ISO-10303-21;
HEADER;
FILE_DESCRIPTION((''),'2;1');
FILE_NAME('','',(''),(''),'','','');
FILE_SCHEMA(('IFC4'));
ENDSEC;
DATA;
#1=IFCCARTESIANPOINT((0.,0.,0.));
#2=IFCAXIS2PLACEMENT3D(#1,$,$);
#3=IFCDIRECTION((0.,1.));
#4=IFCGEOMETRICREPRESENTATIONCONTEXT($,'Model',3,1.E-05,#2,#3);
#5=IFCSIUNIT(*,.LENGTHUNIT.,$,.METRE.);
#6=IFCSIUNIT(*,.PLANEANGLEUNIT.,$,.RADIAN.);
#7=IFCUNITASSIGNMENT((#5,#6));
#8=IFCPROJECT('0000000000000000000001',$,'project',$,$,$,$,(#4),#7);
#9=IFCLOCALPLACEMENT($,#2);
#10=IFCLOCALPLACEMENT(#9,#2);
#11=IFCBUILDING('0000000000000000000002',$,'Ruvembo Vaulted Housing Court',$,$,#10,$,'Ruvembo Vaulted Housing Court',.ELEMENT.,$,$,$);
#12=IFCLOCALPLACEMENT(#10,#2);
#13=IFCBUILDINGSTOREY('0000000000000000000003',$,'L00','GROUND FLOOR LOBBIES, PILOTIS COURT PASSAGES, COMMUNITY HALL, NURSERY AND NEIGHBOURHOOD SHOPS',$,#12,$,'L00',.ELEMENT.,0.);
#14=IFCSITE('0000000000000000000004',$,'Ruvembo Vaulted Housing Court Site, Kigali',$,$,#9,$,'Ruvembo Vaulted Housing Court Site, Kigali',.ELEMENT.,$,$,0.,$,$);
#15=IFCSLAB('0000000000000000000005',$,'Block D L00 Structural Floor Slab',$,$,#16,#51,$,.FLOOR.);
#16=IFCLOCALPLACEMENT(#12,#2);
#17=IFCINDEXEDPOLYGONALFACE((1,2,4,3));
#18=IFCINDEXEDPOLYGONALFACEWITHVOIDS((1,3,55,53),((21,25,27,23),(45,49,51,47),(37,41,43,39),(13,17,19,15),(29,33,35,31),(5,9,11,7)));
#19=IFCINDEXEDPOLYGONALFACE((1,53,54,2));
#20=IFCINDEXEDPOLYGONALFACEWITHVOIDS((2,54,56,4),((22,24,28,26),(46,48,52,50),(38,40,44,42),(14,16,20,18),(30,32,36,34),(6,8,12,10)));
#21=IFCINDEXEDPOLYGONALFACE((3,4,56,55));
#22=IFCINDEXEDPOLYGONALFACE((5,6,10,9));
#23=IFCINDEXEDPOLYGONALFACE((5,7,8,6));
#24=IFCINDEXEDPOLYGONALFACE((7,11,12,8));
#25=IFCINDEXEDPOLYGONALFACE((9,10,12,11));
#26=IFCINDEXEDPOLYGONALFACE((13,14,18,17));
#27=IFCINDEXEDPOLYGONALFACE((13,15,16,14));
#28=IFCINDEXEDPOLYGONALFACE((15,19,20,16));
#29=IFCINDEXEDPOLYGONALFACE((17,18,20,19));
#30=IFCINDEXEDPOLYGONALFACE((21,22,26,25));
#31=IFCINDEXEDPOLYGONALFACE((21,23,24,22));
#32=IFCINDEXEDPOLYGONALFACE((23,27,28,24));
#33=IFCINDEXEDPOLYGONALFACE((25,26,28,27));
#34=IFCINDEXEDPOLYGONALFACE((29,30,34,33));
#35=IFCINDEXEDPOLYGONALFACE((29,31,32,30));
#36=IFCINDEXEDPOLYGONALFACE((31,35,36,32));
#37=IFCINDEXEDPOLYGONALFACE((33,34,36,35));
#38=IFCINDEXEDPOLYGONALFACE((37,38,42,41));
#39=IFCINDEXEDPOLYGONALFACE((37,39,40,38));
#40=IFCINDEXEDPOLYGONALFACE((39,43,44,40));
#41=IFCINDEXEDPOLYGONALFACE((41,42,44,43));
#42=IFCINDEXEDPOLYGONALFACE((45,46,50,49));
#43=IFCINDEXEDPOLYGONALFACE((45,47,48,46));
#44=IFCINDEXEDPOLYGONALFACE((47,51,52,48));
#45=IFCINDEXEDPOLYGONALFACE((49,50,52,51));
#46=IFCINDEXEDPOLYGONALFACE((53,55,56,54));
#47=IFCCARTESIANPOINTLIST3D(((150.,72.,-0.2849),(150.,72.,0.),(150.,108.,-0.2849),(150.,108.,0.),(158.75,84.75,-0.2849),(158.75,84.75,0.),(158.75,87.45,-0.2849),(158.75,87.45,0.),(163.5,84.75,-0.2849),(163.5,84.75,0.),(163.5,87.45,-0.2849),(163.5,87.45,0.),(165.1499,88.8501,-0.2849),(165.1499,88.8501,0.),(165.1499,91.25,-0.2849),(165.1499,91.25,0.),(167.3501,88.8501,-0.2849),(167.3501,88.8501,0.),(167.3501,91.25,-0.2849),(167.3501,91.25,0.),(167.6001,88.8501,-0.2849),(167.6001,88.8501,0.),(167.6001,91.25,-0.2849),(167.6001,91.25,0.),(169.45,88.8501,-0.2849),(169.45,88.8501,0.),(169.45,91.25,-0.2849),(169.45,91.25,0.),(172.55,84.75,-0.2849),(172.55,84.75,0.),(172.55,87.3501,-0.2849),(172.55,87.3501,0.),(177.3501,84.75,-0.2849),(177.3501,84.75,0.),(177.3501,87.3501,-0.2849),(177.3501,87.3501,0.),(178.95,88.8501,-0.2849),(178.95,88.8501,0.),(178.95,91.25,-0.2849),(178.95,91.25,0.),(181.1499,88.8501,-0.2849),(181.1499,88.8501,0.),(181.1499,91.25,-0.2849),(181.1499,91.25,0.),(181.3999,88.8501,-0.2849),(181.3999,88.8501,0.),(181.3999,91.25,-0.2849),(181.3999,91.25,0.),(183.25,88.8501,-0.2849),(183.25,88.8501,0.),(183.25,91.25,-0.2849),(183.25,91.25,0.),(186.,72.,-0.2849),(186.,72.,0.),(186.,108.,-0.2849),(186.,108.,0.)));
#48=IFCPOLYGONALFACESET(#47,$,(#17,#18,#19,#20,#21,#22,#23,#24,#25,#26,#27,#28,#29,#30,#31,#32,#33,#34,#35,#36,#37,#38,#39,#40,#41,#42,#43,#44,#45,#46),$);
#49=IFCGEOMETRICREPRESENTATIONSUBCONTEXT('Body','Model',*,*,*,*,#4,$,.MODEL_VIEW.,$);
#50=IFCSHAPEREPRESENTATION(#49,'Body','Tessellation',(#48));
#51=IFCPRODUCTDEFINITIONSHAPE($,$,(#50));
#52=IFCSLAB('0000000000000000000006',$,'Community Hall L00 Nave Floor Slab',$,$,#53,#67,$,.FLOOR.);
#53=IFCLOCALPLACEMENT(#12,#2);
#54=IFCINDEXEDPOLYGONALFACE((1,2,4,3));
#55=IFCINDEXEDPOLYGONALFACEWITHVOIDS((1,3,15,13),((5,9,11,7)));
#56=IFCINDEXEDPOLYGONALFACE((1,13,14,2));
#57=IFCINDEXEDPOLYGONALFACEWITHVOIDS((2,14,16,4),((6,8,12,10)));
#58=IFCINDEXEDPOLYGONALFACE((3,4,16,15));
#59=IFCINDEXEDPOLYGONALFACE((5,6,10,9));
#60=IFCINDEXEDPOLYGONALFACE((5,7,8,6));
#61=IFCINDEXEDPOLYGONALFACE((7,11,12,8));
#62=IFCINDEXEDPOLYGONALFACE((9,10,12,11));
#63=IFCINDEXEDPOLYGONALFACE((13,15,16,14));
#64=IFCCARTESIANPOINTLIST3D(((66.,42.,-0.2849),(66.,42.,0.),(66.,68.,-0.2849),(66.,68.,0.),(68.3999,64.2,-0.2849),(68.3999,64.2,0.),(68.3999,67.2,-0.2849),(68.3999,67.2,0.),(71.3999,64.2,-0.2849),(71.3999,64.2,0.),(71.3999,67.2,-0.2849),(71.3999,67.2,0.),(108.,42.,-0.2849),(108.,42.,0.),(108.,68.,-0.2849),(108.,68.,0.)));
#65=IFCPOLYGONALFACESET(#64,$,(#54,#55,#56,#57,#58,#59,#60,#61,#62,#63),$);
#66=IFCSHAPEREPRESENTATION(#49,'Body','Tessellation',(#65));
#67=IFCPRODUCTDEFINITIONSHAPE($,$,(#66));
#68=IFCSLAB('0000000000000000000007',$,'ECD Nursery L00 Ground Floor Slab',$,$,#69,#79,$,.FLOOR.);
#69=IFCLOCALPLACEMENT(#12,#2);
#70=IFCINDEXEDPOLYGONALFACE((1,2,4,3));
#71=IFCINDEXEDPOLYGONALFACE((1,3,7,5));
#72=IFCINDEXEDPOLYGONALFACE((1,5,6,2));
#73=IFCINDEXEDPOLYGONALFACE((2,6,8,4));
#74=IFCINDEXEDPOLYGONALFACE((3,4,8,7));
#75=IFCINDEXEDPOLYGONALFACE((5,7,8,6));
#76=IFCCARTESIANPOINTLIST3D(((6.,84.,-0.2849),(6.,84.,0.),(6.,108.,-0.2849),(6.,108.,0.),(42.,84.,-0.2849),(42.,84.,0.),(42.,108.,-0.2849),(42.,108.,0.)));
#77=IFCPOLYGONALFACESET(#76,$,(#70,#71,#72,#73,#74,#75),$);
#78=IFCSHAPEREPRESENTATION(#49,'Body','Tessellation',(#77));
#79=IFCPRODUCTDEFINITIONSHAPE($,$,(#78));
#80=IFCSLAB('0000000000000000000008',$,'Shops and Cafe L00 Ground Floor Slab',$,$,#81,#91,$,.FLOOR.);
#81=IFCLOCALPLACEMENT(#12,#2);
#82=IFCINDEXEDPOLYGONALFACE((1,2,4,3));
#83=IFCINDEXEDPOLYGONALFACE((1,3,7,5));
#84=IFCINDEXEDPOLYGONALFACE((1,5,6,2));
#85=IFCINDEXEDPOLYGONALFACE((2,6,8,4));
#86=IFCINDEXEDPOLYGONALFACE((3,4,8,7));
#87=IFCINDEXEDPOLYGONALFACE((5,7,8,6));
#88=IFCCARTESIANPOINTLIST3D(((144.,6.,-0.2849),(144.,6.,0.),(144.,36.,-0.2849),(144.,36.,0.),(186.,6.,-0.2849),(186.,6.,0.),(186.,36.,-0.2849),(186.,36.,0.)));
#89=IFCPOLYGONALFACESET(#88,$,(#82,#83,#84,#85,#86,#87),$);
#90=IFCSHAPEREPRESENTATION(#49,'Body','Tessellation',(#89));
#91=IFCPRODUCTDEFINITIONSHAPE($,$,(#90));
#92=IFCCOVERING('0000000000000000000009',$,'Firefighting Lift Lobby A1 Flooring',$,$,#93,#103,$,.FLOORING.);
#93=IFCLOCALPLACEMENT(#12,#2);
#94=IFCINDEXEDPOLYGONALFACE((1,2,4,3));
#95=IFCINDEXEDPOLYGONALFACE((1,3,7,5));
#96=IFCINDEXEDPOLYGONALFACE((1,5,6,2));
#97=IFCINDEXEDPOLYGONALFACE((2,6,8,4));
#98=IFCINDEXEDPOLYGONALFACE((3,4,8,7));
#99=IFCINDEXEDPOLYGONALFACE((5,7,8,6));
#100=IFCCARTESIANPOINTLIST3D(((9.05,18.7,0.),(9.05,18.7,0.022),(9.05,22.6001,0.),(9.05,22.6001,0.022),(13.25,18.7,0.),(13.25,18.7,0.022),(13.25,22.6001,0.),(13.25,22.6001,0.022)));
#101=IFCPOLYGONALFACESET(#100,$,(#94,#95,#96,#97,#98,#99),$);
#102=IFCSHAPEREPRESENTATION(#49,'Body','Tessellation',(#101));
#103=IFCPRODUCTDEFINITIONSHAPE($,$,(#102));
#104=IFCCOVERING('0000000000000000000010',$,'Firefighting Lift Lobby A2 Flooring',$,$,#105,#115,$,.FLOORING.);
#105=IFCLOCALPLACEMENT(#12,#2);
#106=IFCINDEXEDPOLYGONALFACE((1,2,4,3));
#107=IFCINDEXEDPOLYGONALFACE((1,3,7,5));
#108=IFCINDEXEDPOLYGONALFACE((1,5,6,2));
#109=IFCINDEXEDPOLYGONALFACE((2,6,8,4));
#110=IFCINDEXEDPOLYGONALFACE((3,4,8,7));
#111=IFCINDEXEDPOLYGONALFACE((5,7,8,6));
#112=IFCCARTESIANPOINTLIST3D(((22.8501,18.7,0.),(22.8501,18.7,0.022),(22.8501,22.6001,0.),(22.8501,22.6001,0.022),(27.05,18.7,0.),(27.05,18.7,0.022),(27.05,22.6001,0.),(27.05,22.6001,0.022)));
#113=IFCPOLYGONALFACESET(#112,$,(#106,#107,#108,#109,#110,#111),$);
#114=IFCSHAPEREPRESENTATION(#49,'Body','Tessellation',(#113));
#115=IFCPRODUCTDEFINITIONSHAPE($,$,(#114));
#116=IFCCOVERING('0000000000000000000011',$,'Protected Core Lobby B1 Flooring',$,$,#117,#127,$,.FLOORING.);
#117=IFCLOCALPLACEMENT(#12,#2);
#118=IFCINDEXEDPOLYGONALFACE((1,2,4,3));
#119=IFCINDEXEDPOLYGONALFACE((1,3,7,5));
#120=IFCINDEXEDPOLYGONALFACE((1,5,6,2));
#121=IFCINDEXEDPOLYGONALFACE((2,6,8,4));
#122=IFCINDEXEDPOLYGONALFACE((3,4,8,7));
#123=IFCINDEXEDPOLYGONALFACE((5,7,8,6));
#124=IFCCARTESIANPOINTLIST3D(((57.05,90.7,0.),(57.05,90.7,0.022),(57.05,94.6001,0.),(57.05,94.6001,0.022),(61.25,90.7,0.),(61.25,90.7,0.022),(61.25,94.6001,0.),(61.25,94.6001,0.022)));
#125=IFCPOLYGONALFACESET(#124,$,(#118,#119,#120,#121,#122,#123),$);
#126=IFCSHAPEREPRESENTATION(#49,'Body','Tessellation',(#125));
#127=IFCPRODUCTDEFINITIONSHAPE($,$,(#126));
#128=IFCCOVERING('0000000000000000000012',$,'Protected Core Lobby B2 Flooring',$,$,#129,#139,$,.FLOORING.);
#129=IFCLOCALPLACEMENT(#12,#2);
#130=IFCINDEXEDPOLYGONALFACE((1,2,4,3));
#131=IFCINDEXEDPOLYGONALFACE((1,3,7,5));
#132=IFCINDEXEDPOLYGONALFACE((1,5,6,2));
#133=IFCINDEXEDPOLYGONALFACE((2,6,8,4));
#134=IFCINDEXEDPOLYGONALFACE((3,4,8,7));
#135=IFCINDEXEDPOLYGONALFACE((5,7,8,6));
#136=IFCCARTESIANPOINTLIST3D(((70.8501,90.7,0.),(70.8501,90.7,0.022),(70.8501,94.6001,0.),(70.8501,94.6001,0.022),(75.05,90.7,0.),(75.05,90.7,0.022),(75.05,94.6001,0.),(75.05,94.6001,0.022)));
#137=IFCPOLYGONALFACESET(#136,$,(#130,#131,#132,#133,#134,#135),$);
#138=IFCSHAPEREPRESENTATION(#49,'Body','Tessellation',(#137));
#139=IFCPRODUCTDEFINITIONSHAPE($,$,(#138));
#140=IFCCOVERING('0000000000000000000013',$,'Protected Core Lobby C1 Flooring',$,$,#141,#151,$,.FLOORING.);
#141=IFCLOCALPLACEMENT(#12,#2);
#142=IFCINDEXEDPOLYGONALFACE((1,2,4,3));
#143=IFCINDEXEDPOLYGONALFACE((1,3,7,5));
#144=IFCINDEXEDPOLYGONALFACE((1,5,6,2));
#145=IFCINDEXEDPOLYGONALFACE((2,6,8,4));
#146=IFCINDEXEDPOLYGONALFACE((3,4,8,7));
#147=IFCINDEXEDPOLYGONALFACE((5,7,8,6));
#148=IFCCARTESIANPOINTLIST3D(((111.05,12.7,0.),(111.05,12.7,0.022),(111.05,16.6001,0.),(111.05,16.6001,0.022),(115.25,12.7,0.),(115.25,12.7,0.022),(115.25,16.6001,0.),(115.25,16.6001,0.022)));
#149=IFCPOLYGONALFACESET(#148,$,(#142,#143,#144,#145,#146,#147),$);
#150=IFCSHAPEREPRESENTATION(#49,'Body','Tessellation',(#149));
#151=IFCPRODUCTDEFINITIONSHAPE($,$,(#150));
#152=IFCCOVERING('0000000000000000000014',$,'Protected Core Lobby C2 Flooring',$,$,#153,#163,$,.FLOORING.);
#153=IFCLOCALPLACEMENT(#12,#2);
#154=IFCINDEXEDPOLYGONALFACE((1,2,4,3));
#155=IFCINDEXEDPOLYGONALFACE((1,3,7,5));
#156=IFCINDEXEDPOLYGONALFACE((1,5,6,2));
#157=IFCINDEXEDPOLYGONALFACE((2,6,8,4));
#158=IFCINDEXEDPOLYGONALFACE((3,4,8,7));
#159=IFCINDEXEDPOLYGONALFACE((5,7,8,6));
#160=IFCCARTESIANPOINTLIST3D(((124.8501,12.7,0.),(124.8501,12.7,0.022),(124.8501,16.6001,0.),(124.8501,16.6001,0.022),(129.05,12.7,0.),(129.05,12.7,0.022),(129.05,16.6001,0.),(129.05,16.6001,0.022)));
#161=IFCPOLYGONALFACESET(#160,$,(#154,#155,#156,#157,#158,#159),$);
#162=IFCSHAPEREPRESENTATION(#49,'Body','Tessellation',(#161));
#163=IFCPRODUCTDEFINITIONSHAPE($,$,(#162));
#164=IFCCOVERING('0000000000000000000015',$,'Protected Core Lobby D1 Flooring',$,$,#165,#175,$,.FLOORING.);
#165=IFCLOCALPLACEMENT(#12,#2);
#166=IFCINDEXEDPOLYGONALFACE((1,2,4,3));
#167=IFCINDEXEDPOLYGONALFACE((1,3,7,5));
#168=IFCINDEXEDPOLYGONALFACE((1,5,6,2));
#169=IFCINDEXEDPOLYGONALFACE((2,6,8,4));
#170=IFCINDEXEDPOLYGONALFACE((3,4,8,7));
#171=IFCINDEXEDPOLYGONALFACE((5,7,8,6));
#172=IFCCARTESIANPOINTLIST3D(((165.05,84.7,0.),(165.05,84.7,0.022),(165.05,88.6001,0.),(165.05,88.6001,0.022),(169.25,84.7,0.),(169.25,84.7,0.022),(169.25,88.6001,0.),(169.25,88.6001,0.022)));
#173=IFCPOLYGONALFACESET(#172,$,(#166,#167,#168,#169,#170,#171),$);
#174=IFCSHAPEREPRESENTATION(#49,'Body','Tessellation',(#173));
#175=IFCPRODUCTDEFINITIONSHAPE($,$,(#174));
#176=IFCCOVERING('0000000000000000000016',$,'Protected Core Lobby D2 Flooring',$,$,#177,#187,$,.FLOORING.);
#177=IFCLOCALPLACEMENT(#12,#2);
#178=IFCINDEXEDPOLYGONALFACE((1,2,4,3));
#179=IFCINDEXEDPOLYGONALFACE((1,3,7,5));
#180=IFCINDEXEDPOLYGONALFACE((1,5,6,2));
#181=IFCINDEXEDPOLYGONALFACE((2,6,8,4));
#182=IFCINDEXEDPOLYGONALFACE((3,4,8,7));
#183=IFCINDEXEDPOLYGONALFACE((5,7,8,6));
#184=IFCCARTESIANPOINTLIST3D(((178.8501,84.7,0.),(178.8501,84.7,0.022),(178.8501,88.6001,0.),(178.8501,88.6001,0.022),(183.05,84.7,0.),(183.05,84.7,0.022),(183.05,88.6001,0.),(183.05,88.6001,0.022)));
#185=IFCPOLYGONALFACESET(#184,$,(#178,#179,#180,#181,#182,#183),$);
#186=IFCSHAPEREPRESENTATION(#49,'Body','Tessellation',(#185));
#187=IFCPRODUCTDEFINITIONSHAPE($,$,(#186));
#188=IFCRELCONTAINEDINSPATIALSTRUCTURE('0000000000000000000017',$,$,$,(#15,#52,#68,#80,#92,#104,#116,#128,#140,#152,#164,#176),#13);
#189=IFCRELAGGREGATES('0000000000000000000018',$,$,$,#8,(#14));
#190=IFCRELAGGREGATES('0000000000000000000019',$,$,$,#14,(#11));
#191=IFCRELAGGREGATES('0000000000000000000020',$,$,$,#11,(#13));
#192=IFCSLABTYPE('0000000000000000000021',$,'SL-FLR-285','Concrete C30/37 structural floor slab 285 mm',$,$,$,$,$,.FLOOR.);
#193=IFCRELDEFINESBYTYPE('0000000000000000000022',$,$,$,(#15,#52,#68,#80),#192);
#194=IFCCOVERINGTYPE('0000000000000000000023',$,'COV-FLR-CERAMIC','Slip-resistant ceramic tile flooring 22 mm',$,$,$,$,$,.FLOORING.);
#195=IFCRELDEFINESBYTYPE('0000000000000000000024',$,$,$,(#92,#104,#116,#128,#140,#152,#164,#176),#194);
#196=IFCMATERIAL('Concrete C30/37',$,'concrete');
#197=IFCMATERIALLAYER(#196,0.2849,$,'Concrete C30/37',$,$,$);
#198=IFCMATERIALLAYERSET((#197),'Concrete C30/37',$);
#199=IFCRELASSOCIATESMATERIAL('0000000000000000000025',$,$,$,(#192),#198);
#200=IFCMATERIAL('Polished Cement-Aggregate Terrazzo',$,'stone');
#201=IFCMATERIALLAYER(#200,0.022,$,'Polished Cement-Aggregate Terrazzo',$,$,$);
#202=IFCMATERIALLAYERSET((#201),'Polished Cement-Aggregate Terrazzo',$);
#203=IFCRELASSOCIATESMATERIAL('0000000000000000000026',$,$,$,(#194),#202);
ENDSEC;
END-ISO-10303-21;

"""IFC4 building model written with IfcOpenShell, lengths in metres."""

from ifc_helpers import new_model, si_unit, direction, frame, origin, place, context, subcontext, project, spatial, polyline, outline, extrude, material, layer, layer_set, type_object, element, save


model = new_model("IFC4")

# Units and contexts
model_context = context("Model", 3, precision=1e-05, world=origin(), true_north=direction((0.0, 1.0)))
body_context = subcontext(model_context, "Body", "Model", "MODEL_VIEW")
ifc_project = project(units=[si_unit("LENGTHUNIT", "METRE"), si_unit("PLANEANGLEUNIT", "RADIAN")], contexts=[model_context])

# Site, building, storey
site_placement = place(None, origin())
site = spatial("IfcSite", under=ifc_project, at=site_placement, Name="Ruvembo Vaulted Housing Court Site, Kigali", LongName="Ruvembo Vaulted Housing Court Site, Kigali", CompositionType="ELEMENT", RefElevation=0.0)
building_placement = place(site_placement, origin())
building = spatial("IfcBuilding", under=site, at=building_placement, Name="Ruvembo Vaulted Housing Court", LongName="Ruvembo Vaulted Housing Court", CompositionType="ELEMENT")
storey_placement = place(building_placement, origin())
storey = spatial("IfcBuildingStorey", under=building, at=storey_placement, Name="L00", Description="GROUND FLOOR LOBBIES, PILOTIS COURT PASSAGES, COMMUNITY HALL, NURSERY AND NEIGHBOURHOOD SHOPS", LongName="L00", CompositionType="ELEMENT", Elevation=0.0)

# Slabs
ifc_material_1 = material(Name="Concrete C30/37", Category="concrete")
ifc_layer_1 = layer(ifc_material_1, 0.2849, Name="Concrete C30/37")
ifc_layer_set_1 = layer_set([ifc_layer_1], Name="Concrete C30/37")
slab_type_1 = type_object("IfcSlabType", Name="SL-FLR-285", Description="Concrete C30/37 structural floor slab 285 mm", PredefinedType="FLOOR", material=ifc_layer_set_1)
slab_1_placement = place(storey_placement, frame((0.0, 0.0, -0.2849)))
element("IfcSlab", 1, at=slab_1_placement, inside=storey, type_object=slab_type_1, Name="Block D L00 Structural Floor Slab", PredefinedType="FLOOR", context=body_context, shape_type="SweptSolid", body=[
    extrude(outline(polyline([(186.0, 72.0), (186.0, 108.0), (150.0, 108.0), (150.0, 72.0), (186.0, 72.0)]), holes=[polyline([(163.5, 87.45), (158.75, 87.45), (158.75, 84.75), (163.5, 84.75), (163.5, 87.45)]), polyline([(165.1499, 88.8501), (167.3501, 88.8501), (167.3501, 91.25), (165.1499, 91.25), (165.1499, 88.8501)]), polyline([(167.6001, 88.8501), (169.45, 88.8501), (169.45, 91.25), (167.6001, 91.25), (167.6001, 88.8501)]), polyline([(177.3501, 87.3501), (172.55, 87.3501), (172.55, 84.75), (177.3501, 84.75), (177.3501, 87.3501)]), polyline([(178.95, 88.8501), (181.1499, 88.8501), (181.1499, 91.25), (178.95, 91.25), (178.95, 88.8501)]), polyline([(181.3999, 88.8501), (183.25, 88.8501), (183.25, 91.25), (181.3999, 91.25), (181.3999, 88.8501)])]), origin(), (0.0, 0.0, 1.0), 0.2849),
])
slab_2_placement = place(storey_placement, frame((0.0, 0.0, -0.2849)))
element("IfcSlab", 2, at=slab_2_placement, inside=storey, type_object=slab_type_1, Name="Community Hall L00 Nave Floor Slab", PredefinedType="FLOOR", context=body_context, shape_type="SweptSolid", body=[
    extrude(outline(polyline([(66.0, 42.0), (108.0, 42.0), (108.0, 68.0), (66.0, 68.0), (66.0, 42.0)]), holes=[polyline([(68.3999, 64.2), (71.3999, 64.2), (71.3999, 67.2), (68.3999, 67.2), (68.3999, 64.2)])]), origin(), (0.0, 0.0, 1.0), 0.2849),
])
slab_3_placement = place(storey_placement, frame((0.0, 0.0, -0.2849)))
element("IfcSlab", 3, at=slab_3_placement, inside=storey, type_object=slab_type_1, Name="ECD Nursery L00 Ground Floor Slab", PredefinedType="FLOOR", context=body_context, shape_type="SweptSolid", body=[
    extrude(outline(polyline([(6.0, 84.0), (42.0, 84.0), (42.0, 108.0), (6.0, 108.0), (6.0, 84.0)])), origin(), (0.0, 0.0, 1.0), 0.2849),
])
slab_4_placement = place(storey_placement, frame((0.0, 0.0, -0.2849)))
element("IfcSlab", 4, at=slab_4_placement, inside=storey, type_object=slab_type_1, Name="Shops and Cafe L00 Ground Floor Slab", PredefinedType="FLOOR", context=body_context, shape_type="SweptSolid", body=[
    extrude(outline(polyline([(144.0, 6.0), (186.0, 6.0), (186.0, 36.0), (144.0, 36.0), (144.0, 6.0)])), origin(), (0.0, 0.0, 1.0), 0.2849),
])

# Coverings
ifc_material_2 = material(Name="Polished Cement-Aggregate Terrazzo", Category="stone")
ifc_layer_2 = layer(ifc_material_2, 0.022, Name="Polished Cement-Aggregate Terrazzo")
ifc_layer_set_2 = layer_set([ifc_layer_2], Name="Polished Cement-Aggregate Terrazzo")
covering_type = type_object("IfcCoveringType", Name="COV-FLR-CERAMIC", Description="Slip-resistant ceramic tile flooring 22 mm", PredefinedType="FLOORING", material=ifc_layer_set_2)
covering_1_placement = place(storey_placement, origin())
element("IfcCovering", 5, at=covering_1_placement, inside=storey, type_object=covering_type, Name="Firefighting Lift Lobby A1 Flooring", PredefinedType="FLOORING", context=body_context, shape_type="SweptSolid", body=[
    extrude(outline(polyline([(9.05, 22.6001), (9.05, 18.7), (13.25, 18.7), (13.25, 22.6001), (9.05, 22.6001)])), origin(), (0.0, 0.0, 1.0), 0.022),
])
covering_2_placement = place(storey_placement, origin())
element("IfcCovering", 6, at=covering_2_placement, inside=storey, type_object=covering_type, Name="Firefighting Lift Lobby A2 Flooring", PredefinedType="FLOORING", context=body_context, shape_type="SweptSolid", body=[
    extrude(outline(polyline([(22.8501, 22.6001), (22.8501, 18.7), (27.05, 18.7), (27.05, 22.6001), (22.8501, 22.6001)])), origin(), (0.0, 0.0, 1.0), 0.022),
])
covering_3_placement = place(storey_placement, origin())
element("IfcCovering", 7, at=covering_3_placement, inside=storey, type_object=covering_type, Name="Protected Core Lobby B1 Flooring", PredefinedType="FLOORING", context=body_context, shape_type="SweptSolid", body=[
    extrude(outline(polyline([(57.05, 94.6001), (57.05, 90.7), (61.25, 90.7), (61.25, 94.6001), (57.05, 94.6001)])), origin(), (0.0, 0.0, 1.0), 0.022),
])
covering_4_placement = place(storey_placement, origin())
element("IfcCovering", 8, at=covering_4_placement, inside=storey, type_object=covering_type, Name="Protected Core Lobby B2 Flooring", PredefinedType="FLOORING", context=body_context, shape_type="SweptSolid", body=[
    extrude(outline(polyline([(70.8501, 94.6001), (70.8501, 90.7), (75.05, 90.7), (75.05, 94.6001), (70.8501, 94.6001)])), origin(), (0.0, 0.0, 1.0), 0.022),
])
covering_5_placement = place(storey_placement, origin())
element("IfcCovering", 9, at=covering_5_placement, inside=storey, type_object=covering_type, Name="Protected Core Lobby C1 Flooring", PredefinedType="FLOORING", context=body_context, shape_type="SweptSolid", body=[
    extrude(outline(polyline([(111.05, 16.6001), (111.05, 12.7), (115.25, 12.7), (115.25, 16.6001), (111.05, 16.6001)])), origin(), (0.0, 0.0, 1.0), 0.022),
])
covering_6_placement = place(storey_placement, origin())
element("IfcCovering", 10, at=covering_6_placement, inside=storey, type_object=covering_type, Name="Protected Core Lobby C2 Flooring", PredefinedType="FLOORING", context=body_context, shape_type="SweptSolid", body=[
    extrude(outline(polyline([(124.8501, 16.6001), (124.8501, 12.7), (129.05, 12.7), (129.05, 16.6001), (124.8501, 16.6001)])), origin(), (0.0, 0.0, 1.0), 0.022),
])
covering_7_placement = place(storey_placement, origin())
element("IfcCovering", 11, at=covering_7_placement, inside=storey, type_object=covering_type, Name="Protected Core Lobby D1 Flooring", PredefinedType="FLOORING", context=body_context, shape_type="SweptSolid", body=[
    extrude(outline(polyline([(165.05, 88.6001), (165.05, 84.7), (169.25, 84.7), (169.25, 88.6001), (165.05, 88.6001)])), origin(), (0.0, 0.0, 1.0), 0.022),
])
covering_8_placement = place(storey_placement, origin())
element("IfcCovering", 12, at=covering_8_placement, inside=storey, type_object=covering_type, Name="Protected Core Lobby D2 Flooring", PredefinedType="FLOORING", context=body_context, shape_type="SweptSolid", body=[
    extrude(outline(polyline([(178.8501, 88.6001), (178.8501, 84.7), (183.05, 84.7), (183.05, 88.6001), (178.8501, 88.6001)])), origin(), (0.0, 0.0, 1.0), 0.022),
])

save(model, "model.ifc")
